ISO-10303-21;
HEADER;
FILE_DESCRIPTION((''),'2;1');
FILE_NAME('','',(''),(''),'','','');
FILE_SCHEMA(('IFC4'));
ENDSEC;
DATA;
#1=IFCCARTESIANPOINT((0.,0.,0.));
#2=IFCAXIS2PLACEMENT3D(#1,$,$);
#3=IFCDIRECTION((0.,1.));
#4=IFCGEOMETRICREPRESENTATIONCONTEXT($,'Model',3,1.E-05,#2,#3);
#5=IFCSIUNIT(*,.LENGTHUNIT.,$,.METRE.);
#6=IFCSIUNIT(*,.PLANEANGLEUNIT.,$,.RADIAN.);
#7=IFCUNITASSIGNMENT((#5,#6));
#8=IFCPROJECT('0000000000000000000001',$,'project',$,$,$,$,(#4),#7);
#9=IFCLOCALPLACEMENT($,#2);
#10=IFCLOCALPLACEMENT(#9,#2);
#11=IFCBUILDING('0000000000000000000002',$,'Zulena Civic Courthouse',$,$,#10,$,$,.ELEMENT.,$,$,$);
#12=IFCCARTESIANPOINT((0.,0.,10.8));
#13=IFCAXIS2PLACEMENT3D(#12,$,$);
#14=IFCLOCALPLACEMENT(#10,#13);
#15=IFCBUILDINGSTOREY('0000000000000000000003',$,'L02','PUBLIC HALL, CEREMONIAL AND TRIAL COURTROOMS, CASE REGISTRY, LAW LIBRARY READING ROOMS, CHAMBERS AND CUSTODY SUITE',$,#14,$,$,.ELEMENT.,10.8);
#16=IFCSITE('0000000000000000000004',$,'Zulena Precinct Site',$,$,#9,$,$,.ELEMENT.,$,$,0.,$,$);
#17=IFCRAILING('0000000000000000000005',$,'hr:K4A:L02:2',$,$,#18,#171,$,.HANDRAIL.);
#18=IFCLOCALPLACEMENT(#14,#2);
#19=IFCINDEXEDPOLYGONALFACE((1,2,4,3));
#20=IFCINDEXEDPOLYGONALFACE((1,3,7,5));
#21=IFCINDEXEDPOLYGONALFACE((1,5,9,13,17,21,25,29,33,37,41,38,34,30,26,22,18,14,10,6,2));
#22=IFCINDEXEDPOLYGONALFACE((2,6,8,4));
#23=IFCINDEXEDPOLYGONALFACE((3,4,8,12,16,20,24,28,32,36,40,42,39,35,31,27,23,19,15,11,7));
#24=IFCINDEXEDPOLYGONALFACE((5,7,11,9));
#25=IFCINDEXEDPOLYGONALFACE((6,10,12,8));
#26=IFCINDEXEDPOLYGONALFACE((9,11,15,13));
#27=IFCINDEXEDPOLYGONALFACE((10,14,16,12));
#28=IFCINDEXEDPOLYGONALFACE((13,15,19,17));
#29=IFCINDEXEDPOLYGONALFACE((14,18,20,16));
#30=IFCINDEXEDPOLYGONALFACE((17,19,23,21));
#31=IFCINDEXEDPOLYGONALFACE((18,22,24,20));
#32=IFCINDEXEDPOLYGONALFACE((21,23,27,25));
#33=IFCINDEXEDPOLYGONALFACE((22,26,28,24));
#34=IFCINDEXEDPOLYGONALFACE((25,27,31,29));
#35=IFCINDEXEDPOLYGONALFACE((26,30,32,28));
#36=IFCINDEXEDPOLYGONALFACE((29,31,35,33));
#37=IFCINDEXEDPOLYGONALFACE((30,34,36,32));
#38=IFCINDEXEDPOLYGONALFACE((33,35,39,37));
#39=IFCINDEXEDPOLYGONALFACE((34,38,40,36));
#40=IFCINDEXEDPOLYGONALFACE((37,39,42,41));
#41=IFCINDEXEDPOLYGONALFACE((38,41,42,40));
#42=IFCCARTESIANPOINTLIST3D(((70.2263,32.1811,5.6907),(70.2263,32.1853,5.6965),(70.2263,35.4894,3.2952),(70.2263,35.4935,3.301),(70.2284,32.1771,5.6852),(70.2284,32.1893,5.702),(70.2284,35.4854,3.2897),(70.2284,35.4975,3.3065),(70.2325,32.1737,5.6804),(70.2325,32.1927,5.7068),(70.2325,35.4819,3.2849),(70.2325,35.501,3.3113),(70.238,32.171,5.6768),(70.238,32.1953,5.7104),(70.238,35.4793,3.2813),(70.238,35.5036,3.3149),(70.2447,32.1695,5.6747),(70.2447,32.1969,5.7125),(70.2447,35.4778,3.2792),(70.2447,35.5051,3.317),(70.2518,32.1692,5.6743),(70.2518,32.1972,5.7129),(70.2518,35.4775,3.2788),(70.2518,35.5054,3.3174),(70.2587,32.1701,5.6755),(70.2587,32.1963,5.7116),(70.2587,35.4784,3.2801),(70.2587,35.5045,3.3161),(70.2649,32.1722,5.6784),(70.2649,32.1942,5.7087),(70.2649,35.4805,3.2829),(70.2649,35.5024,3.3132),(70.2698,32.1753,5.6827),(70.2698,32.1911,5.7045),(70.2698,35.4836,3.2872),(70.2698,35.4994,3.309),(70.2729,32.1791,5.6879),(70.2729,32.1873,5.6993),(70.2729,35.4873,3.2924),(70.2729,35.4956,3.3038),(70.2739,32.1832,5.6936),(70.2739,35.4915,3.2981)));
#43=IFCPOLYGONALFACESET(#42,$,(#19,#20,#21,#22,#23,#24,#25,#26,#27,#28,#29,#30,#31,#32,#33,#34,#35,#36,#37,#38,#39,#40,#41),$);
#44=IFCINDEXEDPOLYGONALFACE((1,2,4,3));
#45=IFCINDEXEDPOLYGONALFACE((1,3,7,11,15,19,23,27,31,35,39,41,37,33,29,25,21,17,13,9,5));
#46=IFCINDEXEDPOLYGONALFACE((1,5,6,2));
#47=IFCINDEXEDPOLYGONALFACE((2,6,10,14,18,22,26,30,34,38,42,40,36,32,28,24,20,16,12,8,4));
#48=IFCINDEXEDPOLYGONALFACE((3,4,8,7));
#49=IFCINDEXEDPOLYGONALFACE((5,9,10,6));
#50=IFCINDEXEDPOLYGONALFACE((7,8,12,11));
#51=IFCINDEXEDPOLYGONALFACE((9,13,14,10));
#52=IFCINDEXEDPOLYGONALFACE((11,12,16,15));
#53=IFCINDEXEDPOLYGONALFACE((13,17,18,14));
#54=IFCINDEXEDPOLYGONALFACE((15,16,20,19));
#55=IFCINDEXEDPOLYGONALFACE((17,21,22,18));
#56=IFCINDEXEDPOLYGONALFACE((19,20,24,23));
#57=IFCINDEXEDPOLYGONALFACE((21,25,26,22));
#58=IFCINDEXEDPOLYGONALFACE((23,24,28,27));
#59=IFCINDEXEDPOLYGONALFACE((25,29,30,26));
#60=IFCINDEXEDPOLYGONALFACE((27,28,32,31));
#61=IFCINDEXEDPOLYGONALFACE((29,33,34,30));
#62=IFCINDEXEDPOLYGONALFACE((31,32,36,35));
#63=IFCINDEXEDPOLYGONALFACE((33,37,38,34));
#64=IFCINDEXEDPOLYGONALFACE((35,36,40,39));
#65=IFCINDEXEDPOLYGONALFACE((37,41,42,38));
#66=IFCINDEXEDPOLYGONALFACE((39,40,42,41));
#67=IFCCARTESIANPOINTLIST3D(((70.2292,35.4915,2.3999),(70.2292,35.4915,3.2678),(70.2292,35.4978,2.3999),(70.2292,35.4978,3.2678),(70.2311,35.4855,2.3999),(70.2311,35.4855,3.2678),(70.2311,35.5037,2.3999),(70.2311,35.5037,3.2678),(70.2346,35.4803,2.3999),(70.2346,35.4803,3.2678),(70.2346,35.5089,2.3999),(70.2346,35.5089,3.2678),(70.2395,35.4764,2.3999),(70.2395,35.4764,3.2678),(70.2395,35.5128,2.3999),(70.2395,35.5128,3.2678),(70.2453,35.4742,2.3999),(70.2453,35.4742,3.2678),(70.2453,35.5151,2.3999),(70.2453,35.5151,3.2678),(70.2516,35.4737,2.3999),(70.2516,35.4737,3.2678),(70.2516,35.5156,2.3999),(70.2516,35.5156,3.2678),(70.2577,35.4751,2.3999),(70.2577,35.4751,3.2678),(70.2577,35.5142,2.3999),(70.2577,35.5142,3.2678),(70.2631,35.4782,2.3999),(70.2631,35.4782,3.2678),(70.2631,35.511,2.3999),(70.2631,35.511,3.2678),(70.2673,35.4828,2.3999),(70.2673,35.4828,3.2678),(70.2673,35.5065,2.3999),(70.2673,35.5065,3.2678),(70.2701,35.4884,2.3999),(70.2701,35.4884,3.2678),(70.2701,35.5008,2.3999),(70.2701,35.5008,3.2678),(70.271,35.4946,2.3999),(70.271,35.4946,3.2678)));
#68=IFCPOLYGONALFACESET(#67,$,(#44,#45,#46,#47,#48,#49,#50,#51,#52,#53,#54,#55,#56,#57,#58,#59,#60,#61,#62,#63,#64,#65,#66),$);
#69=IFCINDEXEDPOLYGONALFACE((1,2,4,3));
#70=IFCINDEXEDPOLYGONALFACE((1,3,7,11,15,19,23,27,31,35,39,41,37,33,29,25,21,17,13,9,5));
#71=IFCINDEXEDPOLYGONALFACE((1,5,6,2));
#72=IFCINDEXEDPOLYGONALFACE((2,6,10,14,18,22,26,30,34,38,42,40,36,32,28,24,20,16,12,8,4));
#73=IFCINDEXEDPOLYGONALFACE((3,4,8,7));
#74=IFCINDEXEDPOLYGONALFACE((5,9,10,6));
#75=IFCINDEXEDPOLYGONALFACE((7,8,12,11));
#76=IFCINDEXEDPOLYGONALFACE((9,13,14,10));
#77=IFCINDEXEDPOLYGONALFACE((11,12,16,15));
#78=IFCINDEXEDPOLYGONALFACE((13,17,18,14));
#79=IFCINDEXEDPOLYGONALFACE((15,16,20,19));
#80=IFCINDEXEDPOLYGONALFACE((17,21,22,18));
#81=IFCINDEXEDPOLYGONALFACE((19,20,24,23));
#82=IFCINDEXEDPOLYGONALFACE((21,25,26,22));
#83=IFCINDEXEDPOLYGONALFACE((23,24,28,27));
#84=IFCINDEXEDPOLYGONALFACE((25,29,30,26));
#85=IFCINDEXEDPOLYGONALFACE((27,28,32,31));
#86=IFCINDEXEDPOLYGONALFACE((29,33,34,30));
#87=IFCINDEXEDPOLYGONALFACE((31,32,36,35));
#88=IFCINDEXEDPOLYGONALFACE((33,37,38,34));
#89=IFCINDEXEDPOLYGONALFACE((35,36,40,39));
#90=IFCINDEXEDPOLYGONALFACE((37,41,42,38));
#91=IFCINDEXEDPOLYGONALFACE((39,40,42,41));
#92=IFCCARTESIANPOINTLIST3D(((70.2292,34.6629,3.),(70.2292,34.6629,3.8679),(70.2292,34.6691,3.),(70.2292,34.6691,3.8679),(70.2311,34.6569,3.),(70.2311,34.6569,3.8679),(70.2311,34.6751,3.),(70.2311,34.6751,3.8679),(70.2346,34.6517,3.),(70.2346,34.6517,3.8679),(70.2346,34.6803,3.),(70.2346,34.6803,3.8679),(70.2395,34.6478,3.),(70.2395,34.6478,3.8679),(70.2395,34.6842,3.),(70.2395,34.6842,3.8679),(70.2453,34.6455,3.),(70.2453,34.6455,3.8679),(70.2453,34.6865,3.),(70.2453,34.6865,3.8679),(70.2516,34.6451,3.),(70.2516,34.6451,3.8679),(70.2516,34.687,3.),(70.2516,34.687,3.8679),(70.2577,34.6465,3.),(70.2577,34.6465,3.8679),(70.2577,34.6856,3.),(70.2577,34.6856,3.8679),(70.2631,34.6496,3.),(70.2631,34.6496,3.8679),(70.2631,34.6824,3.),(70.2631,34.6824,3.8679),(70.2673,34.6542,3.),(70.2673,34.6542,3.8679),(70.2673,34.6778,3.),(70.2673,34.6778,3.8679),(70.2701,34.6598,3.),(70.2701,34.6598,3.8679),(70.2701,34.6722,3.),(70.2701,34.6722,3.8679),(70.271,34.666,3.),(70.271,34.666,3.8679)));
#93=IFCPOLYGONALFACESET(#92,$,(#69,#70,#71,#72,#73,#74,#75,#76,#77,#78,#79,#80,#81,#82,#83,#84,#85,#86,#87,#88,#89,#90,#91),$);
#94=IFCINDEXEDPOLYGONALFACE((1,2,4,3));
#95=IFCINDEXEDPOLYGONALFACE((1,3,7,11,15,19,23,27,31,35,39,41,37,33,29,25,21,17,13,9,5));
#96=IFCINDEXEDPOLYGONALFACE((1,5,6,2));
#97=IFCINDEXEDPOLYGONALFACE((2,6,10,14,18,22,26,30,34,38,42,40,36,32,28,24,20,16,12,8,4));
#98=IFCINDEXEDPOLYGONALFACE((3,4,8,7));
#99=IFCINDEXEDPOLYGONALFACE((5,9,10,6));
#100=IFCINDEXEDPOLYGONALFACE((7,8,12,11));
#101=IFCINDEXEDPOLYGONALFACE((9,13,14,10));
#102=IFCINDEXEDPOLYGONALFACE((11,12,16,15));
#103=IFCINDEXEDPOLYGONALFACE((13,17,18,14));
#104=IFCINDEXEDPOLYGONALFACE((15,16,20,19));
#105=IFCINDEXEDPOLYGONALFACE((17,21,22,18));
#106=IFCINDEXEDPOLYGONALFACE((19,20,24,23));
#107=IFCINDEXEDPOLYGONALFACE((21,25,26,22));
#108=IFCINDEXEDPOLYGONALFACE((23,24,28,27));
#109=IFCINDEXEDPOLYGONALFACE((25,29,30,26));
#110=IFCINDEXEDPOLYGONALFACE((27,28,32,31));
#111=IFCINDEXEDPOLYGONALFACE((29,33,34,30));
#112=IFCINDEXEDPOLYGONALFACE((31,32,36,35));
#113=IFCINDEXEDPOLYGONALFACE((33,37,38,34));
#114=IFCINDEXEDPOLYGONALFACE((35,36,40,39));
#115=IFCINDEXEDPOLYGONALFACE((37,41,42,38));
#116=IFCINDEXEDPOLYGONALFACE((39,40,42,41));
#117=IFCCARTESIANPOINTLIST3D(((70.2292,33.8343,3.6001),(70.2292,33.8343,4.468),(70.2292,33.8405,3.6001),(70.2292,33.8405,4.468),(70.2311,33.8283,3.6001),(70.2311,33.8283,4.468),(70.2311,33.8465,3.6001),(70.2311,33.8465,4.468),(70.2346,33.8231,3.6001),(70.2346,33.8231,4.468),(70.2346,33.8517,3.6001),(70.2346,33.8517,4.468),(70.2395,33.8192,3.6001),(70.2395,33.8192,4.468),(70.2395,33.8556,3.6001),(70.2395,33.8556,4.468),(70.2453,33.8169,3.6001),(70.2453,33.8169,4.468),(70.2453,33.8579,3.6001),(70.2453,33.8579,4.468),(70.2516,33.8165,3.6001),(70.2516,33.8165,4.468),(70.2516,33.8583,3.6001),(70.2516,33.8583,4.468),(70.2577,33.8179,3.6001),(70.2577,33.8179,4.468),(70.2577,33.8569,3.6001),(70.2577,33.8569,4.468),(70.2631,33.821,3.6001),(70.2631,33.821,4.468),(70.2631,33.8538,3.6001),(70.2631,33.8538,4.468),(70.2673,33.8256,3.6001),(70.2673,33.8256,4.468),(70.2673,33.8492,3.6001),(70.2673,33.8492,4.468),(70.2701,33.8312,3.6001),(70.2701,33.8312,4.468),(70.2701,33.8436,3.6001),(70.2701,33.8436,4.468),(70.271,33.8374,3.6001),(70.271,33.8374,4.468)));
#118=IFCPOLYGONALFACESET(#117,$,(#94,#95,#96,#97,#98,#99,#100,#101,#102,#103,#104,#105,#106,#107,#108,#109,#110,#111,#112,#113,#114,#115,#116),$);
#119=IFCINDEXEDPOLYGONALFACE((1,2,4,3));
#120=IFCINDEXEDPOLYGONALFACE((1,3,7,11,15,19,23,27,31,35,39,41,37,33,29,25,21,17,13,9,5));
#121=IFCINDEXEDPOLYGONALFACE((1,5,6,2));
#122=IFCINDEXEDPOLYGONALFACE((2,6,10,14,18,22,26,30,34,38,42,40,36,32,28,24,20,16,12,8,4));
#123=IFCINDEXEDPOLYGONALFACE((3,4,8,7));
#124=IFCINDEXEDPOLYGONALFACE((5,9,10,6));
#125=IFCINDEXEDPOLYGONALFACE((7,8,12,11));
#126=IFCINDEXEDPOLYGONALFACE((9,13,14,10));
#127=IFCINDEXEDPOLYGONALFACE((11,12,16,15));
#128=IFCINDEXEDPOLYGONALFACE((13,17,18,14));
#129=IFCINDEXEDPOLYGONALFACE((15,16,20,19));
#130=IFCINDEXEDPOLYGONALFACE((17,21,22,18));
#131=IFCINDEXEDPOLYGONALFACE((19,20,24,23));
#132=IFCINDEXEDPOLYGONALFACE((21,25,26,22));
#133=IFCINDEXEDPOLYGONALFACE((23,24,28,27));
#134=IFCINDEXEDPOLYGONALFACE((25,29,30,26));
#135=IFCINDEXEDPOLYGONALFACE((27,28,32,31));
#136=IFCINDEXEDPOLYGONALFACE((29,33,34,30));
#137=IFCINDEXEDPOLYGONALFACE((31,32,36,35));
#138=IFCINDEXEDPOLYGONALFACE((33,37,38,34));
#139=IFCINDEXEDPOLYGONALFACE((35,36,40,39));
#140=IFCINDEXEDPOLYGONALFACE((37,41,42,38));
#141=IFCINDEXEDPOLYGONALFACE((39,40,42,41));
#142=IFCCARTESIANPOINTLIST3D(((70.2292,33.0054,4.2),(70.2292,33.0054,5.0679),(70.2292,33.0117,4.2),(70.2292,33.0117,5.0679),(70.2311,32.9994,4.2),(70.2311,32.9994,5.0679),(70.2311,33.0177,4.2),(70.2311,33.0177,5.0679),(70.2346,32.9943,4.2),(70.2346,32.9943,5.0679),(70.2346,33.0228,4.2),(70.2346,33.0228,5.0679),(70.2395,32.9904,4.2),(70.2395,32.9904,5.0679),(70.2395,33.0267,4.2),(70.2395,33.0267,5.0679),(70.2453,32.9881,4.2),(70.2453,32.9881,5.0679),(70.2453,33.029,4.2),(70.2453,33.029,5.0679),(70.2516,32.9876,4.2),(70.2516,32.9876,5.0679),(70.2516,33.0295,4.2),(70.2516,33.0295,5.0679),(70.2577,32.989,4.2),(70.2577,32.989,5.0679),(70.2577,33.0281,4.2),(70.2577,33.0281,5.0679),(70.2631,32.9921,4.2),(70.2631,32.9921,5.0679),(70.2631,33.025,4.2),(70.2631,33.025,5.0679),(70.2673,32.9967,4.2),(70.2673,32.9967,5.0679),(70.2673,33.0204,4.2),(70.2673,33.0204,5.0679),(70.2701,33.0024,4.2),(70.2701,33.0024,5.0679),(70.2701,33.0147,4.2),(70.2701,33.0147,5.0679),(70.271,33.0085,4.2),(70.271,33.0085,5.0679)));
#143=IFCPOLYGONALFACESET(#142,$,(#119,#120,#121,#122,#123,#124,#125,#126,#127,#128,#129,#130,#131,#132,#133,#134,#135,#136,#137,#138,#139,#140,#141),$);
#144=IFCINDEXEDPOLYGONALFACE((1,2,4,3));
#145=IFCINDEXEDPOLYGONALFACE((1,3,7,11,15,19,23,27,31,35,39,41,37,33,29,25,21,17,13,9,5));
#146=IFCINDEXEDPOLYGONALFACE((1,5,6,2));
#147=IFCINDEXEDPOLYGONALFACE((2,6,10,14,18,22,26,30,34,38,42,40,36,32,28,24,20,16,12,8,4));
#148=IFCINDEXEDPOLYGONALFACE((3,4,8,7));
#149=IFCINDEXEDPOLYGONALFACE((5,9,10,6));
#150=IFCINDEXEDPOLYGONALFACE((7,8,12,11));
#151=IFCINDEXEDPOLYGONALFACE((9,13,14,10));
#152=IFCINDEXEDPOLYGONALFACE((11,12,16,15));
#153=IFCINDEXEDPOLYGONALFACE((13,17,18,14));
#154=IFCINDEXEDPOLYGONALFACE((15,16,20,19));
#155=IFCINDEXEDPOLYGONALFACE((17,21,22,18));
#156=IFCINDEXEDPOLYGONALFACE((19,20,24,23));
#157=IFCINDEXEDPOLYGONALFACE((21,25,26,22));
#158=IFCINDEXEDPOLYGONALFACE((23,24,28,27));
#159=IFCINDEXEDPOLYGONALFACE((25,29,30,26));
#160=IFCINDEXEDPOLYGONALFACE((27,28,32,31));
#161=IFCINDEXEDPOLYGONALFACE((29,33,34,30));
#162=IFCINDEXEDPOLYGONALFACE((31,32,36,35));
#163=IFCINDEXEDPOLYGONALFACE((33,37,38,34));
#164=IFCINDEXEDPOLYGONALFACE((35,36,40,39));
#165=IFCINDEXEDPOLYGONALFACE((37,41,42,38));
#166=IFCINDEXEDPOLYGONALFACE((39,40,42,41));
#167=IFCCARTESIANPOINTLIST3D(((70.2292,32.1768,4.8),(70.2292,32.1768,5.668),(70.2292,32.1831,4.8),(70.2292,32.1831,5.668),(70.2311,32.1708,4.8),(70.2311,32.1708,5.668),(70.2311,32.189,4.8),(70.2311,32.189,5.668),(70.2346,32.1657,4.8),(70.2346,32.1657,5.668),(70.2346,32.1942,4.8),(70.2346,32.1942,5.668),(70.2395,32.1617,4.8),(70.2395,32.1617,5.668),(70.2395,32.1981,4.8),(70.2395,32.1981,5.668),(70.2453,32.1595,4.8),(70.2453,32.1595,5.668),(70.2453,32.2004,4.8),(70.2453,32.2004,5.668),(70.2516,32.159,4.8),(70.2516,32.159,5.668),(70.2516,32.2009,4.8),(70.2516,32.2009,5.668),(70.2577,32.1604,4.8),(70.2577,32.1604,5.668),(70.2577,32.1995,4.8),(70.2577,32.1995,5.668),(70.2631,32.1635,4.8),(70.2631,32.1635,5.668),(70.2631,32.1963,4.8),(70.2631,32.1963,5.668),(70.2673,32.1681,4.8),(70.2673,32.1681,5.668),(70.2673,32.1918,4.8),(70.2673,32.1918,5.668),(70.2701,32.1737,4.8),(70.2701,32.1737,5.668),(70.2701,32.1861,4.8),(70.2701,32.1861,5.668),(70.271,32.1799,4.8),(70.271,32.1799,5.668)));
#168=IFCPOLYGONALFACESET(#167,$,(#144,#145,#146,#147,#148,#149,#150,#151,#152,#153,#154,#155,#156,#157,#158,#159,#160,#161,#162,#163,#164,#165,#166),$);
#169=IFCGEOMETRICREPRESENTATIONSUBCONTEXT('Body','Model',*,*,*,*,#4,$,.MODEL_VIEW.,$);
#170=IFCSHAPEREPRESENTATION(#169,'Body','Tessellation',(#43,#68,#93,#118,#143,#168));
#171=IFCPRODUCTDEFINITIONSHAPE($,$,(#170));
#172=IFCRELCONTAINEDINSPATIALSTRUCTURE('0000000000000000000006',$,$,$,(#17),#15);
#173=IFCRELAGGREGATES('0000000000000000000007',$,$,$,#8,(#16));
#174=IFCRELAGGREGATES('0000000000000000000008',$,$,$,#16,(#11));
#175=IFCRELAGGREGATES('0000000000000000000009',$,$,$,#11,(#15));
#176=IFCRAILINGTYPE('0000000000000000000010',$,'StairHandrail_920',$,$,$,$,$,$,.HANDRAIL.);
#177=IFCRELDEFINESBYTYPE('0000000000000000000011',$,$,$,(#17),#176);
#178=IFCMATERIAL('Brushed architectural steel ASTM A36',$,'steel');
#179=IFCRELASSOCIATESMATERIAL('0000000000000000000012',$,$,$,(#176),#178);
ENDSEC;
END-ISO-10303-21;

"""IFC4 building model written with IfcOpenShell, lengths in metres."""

from ifc_helpers import new_model, si_unit, direction, frame, origin, origin_2d, place, context, subcontext, project, spatial, circle, extrude, material, type_object, element, save


model = new_model("IFC4")

# Units and contexts
model_context = context("Model", 3, precision=1e-05, world=origin(), true_north=direction((0.0, 1.0)))
body_context = subcontext(model_context, "Body", "Model", "MODEL_VIEW")
ifc_project = project(units=[si_unit("LENGTHUNIT", "METRE"), si_unit("PLANEANGLEUNIT", "RADIAN")], contexts=[model_context])

# Site, building, storey
site_placement = place(None, origin())
site = spatial("IfcSite", under=ifc_project, at=site_placement, Name="Zulena Precinct Site", CompositionType="ELEMENT", RefElevation=0.0)
building_placement = place(site_placement, origin())
building = spatial("IfcBuilding", under=site, at=building_placement, Name="Zulena Civic Courthouse", CompositionType="ELEMENT")
storey_placement = place(building_placement, frame((0.0, 0.0, 10.8)))
storey = spatial("IfcBuildingStorey", under=building, at=storey_placement, Name="L02", Description="PUBLIC HALL, CEREMONIAL AND TRIAL COURTROOMS, CASE REGISTRY, LAW LIBRARY READING ROOMS, CHAMBERS AND CUSTODY SUITE", CompositionType="ELEMENT", Elevation=10.8)

# Railing
ifc_material_1 = material(Name="Brushed architectural steel ASTM A36", Category="steel")
railing_type_1 = type_object("IfcRailingType", Name="StairHandrail_920", PredefinedType="HANDRAIL", material=ifc_material_1)
railing_1_placement = place(storey_placement, frame((70.25, 35.4946, 2.3999)))
element("IfcRailing", 1, at=railing_1_placement, inside=storey, type_object=railing_type_1, Name="hr:K4A:L02:2", PredefinedType="HANDRAIL", context=body_context, shape_type="SweptSolid", body=[
    extrude(circle(Radius=0.0239, at=origin_2d()), frame((0.0, -0.0032, 0.8982), z_axis=(0.0, -0.80996, 0.586486), x_axis=(1.0, 0.0, 0.0)), (0.0, 0.0, 1.0), 4.0845),
    extrude(circle(Radius=0.021, at=origin_2d()), origin(), (0.0, 0.0, 1.0), 0.8679),
    extrude(circle(Radius=0.021, at=origin_2d()), frame((0.0, -0.8286, 0.6001)), (0.0, 0.0, 1.0), 0.8679),
    extrude(circle(Radius=0.021, at=origin_2d()), frame((0.0, -1.6572, 1.2002)), (0.0, 0.0, 1.0), 0.8679),
    extrude(circle(Radius=0.021, at=origin_2d()), frame((0.0, -2.4861, 1.8)), (0.0, 0.0, 1.0), 0.8679),
    extrude(circle(Radius=0.021, at=origin_2d()), frame((0.0, -3.3147, 2.4001)), (0.0, 0.0, 1.0), 0.8679),
])

save(model, "model.ifc")
